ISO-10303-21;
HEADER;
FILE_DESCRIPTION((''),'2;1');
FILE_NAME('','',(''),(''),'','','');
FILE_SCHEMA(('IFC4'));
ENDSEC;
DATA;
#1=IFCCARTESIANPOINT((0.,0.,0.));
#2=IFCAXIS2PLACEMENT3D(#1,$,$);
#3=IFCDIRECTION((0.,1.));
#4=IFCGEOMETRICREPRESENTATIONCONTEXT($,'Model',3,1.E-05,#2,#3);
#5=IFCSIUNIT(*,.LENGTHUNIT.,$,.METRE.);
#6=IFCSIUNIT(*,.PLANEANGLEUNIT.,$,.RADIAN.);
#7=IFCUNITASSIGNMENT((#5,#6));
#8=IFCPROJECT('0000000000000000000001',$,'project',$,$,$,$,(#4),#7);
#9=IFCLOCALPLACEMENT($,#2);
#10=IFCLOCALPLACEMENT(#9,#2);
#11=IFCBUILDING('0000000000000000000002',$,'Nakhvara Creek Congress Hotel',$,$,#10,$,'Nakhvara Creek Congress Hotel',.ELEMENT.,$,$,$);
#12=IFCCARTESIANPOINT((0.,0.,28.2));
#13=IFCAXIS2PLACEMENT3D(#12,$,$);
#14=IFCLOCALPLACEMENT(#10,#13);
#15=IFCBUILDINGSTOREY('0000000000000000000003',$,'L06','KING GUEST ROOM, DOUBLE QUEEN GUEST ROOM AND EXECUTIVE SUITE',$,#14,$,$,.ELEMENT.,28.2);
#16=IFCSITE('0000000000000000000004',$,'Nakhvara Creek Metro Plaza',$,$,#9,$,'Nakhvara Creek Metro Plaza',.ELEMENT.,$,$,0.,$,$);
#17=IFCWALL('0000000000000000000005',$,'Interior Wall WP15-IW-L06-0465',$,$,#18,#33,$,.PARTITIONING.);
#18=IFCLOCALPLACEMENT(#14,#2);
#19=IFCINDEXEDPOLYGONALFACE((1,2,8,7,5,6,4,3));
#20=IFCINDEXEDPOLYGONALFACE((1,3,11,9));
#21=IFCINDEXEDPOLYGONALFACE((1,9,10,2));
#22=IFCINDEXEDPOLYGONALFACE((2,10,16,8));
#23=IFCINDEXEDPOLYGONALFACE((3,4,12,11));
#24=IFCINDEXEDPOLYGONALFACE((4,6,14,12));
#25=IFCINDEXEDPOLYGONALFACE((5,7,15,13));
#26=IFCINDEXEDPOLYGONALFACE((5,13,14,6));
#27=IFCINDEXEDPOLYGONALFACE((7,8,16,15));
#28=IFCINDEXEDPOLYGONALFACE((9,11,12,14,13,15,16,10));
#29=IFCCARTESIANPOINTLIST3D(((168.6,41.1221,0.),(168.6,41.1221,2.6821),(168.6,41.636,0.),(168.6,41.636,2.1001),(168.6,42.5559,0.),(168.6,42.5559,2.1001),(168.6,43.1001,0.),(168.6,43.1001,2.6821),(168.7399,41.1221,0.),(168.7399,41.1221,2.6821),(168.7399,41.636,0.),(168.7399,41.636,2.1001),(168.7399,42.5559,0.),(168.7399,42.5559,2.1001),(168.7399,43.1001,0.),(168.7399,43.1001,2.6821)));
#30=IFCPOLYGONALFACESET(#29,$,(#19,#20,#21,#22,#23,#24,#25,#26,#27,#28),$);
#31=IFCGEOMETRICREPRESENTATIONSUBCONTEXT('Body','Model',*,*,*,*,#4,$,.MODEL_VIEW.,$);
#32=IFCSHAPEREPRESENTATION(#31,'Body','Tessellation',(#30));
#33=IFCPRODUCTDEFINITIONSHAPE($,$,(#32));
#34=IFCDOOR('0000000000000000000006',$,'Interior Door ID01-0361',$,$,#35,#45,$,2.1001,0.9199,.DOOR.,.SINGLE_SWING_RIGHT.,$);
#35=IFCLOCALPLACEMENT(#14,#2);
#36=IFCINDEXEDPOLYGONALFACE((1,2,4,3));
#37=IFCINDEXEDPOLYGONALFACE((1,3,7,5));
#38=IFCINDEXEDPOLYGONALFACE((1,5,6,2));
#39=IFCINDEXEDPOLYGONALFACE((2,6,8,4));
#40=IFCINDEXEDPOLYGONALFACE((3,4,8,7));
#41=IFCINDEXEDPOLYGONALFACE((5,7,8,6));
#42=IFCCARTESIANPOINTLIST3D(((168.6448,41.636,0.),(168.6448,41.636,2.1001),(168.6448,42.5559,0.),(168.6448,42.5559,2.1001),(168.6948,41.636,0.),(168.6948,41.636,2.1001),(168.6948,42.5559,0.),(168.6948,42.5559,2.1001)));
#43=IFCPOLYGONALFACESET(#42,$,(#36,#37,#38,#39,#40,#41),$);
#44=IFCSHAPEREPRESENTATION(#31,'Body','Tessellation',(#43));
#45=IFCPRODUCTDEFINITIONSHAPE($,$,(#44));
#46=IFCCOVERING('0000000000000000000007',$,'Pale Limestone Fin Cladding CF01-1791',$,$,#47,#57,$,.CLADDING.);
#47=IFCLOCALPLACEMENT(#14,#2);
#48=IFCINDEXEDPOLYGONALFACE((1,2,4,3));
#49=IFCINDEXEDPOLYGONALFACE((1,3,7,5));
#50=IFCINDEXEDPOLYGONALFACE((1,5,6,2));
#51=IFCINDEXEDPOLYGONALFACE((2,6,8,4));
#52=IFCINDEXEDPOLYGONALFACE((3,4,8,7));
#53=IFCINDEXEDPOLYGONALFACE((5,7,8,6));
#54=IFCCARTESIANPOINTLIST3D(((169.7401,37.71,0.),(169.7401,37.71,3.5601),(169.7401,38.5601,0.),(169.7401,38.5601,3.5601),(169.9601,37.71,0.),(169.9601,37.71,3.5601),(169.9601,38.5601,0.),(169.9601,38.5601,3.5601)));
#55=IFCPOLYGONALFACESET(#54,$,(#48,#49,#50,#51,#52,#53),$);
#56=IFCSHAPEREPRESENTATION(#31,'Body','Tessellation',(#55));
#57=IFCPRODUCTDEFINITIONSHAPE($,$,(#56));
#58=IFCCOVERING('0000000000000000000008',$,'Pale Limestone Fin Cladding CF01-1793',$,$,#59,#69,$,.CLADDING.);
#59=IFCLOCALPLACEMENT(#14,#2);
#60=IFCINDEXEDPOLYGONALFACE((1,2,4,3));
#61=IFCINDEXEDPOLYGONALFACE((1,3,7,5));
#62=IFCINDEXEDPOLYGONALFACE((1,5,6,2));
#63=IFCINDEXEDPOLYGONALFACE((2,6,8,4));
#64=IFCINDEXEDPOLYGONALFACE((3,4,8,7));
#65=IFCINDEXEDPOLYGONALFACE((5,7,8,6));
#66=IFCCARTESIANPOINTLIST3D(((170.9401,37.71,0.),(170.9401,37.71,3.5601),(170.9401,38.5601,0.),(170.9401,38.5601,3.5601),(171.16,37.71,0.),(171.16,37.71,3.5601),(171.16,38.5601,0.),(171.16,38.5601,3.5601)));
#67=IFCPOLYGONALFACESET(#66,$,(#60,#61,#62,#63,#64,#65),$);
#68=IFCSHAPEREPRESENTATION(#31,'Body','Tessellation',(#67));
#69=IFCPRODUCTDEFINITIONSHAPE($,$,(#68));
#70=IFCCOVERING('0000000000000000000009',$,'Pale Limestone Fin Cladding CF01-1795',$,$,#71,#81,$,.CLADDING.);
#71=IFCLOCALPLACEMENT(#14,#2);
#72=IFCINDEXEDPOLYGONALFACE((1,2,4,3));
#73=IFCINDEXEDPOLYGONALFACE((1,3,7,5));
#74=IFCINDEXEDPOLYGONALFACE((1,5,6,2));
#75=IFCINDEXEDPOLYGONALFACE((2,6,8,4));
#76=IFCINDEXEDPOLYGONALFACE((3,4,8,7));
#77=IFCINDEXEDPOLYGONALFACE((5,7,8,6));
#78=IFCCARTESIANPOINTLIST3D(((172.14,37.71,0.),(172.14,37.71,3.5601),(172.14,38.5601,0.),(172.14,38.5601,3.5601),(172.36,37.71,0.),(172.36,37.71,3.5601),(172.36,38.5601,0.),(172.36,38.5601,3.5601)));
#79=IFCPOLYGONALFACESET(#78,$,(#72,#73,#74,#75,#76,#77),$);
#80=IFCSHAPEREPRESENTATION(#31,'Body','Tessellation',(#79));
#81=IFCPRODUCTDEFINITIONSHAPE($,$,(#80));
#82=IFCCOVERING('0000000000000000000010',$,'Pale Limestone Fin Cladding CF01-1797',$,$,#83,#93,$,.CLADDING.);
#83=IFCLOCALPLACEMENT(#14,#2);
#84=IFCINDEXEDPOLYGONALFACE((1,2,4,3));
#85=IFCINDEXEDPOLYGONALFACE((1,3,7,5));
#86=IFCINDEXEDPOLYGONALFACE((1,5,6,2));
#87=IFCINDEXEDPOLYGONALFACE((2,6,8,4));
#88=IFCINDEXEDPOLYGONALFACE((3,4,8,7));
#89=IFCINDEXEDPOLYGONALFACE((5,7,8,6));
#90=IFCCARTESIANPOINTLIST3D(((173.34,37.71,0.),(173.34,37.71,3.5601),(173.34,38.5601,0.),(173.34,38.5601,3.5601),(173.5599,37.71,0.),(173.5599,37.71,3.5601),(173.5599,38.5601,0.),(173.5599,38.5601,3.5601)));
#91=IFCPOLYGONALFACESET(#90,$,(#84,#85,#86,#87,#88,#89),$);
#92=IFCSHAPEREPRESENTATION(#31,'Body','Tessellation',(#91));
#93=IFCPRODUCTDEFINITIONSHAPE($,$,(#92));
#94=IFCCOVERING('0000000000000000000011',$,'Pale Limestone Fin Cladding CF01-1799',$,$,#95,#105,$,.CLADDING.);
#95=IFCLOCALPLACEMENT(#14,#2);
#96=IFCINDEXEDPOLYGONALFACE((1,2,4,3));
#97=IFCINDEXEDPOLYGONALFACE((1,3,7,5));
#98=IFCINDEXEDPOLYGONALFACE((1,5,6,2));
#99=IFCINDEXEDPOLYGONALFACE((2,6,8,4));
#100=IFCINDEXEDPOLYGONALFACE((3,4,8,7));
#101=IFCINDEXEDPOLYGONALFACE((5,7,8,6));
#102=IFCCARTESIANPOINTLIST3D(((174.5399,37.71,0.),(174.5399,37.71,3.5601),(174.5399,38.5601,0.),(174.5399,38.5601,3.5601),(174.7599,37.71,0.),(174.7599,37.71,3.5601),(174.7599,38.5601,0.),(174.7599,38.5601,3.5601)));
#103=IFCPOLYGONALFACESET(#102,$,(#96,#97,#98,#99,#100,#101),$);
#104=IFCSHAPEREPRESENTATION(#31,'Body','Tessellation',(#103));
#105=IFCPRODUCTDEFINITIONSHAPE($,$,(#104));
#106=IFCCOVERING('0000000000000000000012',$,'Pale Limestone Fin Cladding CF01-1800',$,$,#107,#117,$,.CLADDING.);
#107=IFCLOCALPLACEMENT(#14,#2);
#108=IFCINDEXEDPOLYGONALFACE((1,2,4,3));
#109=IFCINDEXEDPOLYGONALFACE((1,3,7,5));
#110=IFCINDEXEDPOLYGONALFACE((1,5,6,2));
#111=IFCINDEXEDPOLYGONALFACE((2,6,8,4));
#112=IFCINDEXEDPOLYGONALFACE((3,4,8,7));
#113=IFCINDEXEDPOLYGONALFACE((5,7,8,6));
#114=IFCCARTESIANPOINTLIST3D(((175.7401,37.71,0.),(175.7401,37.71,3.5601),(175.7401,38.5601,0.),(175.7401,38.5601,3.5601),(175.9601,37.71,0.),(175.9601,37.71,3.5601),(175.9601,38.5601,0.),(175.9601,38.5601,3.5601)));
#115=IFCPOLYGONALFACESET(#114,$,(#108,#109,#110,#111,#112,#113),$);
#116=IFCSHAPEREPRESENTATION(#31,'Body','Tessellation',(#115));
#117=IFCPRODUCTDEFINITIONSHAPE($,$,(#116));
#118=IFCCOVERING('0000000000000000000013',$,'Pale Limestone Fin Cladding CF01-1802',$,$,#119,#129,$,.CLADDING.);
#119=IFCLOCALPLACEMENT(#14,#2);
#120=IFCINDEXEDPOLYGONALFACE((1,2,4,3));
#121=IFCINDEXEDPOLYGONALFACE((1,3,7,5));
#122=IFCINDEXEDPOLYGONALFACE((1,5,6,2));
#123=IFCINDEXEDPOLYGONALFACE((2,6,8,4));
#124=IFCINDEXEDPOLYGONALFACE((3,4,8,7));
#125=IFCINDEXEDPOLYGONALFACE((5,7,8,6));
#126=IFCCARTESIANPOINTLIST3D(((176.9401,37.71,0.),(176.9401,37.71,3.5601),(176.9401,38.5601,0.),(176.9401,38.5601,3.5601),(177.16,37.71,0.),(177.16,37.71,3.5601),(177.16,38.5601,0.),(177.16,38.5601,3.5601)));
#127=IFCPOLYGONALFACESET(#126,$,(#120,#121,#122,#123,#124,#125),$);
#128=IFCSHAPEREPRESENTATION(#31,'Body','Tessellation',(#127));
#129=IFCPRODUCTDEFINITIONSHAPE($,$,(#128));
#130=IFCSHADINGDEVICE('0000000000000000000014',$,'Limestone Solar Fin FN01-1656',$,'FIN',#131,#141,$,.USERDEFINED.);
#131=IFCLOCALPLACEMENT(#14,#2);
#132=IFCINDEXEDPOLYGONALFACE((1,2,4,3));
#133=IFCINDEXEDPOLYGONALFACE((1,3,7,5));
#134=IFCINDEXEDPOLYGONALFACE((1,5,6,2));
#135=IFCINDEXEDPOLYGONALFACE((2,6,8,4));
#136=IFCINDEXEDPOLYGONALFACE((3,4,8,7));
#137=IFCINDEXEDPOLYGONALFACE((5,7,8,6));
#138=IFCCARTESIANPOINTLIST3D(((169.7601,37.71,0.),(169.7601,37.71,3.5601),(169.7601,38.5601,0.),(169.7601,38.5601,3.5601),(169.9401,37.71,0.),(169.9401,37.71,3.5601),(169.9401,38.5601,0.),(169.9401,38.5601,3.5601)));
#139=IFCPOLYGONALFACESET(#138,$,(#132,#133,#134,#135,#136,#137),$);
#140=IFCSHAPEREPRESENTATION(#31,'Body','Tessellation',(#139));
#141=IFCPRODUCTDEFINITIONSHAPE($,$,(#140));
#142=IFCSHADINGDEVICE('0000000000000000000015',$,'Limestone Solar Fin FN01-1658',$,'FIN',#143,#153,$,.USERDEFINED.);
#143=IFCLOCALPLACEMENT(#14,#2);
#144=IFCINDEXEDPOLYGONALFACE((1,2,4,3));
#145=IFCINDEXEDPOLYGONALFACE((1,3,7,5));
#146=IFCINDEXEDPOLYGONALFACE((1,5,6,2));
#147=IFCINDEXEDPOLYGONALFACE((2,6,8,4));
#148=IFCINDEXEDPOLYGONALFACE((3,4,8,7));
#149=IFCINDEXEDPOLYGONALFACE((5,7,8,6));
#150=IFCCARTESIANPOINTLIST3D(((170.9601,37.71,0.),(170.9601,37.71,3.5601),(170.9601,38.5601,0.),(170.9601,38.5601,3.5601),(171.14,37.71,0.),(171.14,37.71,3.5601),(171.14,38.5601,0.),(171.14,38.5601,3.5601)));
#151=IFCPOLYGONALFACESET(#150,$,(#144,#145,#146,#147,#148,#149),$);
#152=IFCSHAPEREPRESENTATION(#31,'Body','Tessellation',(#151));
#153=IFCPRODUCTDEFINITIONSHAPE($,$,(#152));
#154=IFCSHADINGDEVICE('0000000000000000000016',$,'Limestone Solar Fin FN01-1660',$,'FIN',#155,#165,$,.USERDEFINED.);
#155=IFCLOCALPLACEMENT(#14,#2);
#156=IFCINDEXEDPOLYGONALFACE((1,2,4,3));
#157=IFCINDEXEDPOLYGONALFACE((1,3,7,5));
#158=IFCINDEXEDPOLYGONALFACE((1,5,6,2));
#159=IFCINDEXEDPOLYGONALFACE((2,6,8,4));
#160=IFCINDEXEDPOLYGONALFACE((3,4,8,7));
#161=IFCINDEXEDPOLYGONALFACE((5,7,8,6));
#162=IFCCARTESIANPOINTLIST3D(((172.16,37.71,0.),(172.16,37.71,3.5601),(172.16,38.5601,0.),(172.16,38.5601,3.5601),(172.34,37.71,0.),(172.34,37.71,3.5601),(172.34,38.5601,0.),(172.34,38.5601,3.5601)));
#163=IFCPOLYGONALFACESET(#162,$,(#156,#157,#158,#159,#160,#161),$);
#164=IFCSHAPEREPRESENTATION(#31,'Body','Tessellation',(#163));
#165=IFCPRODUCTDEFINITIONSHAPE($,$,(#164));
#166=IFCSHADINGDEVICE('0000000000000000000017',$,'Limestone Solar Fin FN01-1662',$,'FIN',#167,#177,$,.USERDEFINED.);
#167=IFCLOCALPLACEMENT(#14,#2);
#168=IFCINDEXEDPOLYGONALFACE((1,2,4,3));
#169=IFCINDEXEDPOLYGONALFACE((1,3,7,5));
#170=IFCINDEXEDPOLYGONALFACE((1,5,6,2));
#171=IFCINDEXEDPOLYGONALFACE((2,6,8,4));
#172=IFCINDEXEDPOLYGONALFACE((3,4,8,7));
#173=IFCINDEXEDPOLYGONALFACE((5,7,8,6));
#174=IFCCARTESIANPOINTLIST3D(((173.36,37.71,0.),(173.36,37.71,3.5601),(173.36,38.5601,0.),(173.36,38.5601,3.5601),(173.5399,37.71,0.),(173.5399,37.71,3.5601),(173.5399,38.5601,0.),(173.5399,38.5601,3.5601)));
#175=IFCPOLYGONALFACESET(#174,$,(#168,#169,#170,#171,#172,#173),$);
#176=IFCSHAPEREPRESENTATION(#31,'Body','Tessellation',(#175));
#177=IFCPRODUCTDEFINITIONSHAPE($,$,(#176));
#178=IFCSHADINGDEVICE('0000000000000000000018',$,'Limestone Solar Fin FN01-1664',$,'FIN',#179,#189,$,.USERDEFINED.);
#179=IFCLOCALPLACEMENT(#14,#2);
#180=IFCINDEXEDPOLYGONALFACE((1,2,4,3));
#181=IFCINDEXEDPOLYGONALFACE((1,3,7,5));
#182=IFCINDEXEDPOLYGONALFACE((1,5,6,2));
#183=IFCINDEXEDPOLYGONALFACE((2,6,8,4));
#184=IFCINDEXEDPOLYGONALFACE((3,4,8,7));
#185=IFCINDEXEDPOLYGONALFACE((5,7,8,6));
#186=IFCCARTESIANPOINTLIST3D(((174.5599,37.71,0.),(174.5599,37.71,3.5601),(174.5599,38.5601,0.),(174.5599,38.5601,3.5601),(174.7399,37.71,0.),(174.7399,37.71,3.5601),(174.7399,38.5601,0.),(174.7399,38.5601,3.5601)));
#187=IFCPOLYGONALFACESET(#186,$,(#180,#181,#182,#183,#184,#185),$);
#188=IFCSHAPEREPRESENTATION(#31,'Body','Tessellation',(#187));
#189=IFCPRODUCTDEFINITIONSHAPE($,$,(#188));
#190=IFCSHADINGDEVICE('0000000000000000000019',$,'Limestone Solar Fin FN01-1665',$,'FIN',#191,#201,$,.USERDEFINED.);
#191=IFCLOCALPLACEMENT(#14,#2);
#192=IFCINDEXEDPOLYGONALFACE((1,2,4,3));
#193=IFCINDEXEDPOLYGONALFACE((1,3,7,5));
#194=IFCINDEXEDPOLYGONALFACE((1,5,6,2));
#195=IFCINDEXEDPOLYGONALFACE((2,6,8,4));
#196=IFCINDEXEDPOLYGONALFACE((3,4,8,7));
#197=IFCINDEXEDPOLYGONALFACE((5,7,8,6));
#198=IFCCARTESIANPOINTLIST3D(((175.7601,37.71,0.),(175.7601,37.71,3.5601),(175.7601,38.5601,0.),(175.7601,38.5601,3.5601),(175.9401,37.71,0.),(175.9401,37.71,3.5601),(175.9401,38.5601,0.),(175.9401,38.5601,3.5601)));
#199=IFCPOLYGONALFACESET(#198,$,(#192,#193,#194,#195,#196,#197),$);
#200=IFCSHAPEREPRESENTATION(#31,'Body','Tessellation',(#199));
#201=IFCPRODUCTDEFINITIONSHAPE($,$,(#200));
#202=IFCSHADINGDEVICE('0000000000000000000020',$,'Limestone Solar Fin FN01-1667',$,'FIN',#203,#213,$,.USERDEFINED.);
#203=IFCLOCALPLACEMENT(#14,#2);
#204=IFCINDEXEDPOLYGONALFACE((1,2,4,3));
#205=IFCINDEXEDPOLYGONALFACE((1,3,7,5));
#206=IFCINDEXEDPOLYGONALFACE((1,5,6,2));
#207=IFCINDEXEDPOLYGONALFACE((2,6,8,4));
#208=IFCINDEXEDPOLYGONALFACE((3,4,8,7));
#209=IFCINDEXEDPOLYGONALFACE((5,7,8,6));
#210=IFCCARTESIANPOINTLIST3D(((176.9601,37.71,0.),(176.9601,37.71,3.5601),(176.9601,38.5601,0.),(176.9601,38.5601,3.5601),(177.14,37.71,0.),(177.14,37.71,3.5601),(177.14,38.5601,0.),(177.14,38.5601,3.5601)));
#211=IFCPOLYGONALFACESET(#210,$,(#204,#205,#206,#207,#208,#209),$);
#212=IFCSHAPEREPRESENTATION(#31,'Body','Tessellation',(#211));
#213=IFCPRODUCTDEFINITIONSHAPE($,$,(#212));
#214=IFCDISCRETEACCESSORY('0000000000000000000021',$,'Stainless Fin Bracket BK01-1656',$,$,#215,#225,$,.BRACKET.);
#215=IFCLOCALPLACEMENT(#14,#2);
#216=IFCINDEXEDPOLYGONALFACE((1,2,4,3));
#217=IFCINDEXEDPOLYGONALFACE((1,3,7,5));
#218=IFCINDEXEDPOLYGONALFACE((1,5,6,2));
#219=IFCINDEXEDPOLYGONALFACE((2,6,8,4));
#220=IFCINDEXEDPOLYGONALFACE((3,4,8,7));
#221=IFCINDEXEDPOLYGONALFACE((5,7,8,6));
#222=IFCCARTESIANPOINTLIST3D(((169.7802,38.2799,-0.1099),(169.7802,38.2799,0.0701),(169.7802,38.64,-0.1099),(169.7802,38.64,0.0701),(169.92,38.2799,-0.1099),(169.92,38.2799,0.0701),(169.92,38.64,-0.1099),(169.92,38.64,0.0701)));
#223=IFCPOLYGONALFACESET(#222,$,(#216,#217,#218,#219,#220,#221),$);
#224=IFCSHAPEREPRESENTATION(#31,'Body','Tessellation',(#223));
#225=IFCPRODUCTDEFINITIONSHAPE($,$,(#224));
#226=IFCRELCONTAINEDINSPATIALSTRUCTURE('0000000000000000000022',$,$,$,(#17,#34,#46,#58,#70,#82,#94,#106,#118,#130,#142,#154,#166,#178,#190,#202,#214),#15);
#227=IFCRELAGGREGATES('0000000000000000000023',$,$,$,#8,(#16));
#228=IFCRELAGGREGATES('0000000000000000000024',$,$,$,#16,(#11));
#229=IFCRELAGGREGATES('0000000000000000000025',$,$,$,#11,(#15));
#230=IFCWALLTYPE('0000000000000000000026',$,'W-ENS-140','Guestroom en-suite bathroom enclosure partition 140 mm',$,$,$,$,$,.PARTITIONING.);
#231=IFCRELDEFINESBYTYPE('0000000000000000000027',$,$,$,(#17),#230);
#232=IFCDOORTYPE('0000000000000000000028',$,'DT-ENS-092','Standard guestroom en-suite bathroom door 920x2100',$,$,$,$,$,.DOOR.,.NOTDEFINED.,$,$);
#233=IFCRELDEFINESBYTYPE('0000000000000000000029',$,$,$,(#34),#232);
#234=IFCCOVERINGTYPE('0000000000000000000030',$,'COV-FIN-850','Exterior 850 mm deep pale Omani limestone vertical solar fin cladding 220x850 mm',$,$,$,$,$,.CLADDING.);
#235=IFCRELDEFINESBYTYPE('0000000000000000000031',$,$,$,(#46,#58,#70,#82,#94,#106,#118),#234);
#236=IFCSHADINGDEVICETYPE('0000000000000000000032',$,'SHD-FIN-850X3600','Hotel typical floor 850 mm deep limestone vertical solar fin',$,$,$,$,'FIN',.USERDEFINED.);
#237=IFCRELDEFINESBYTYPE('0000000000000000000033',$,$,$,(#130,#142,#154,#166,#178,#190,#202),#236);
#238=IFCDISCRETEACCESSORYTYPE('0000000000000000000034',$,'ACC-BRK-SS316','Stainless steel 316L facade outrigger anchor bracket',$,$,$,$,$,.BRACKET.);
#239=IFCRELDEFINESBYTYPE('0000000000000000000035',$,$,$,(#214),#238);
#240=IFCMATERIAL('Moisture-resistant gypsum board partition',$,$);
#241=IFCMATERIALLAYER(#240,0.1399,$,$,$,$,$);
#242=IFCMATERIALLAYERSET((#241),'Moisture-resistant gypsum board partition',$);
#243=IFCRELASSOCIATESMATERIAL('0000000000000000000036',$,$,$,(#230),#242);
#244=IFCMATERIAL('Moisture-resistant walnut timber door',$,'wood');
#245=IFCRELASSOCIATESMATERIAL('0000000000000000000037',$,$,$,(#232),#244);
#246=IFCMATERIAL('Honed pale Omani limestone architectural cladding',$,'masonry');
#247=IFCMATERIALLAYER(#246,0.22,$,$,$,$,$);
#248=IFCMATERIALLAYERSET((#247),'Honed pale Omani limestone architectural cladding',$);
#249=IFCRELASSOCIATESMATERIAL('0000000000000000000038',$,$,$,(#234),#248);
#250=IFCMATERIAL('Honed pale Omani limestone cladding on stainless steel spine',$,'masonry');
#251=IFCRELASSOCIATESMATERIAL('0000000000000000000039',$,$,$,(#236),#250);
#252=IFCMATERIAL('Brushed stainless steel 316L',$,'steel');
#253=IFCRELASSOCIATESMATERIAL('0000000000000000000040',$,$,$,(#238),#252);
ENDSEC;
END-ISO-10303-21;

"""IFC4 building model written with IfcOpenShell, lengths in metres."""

from ifc_helpers import new_model, si_unit, direction, frame, frame_2d, origin, origin_2d, place, context, subcontext, project, spatial, rectangle, extrude, material, layer, layer_set, type_object, element, fill, save


model = new_model("IFC4")

# Units and contexts
model_context = context("Model", 3, precision=1e-05, world=origin(), true_north=direction((0.0, 1.0)))
body_context = subcontext(model_context, "Body", "Model", "MODEL_VIEW")
ifc_project = project(units=[si_unit("LENGTHUNIT", "METRE"), si_unit("PLANEANGLEUNIT", "RADIAN")], contexts=[model_context])

# Site, building, storey
site_placement = place(None, origin())
site = spatial("IfcSite", under=ifc_project, at=site_placement, Name="Nakhvara Creek Metro Plaza", LongName="Nakhvara Creek Metro Plaza", CompositionType="ELEMENT", RefElevation=0.0)
building_placement = place(site_placement, origin())
building = spatial("IfcBuilding", under=site, at=building_placement, Name="Nakhvara Creek Congress Hotel", LongName="Nakhvara Creek Congress Hotel", CompositionType="ELEMENT")
storey_placement = place(building_placement, frame((0.0, 0.0, 28.2)))
storey = spatial("IfcBuildingStorey", under=building, at=storey_placement, Name="L06", Description="KING GUEST ROOM, DOUBLE QUEEN GUEST ROOM AND EXECUTIVE SUITE", CompositionType="ELEMENT", Elevation=28.2)

# Wall, opening, door
ifc_material_1 = material(Name="Moisture-resistant gypsum board partition")
ifc_layer_1 = layer(ifc_material_1, 0.1399)
ifc_layer_set_1 = layer_set([ifc_layer_1], Name="Moisture-resistant gypsum board partition")
wall_type = type_object("IfcWallType", Name="W-ENS-140", Description="Guestroom en-suite bathroom enclosure partition 140 mm", PredefinedType="PARTITIONING", material=ifc_layer_set_1)
wall_placement = place(storey_placement, frame((168.6699, 41.1221, 0.0), z_axis=(0.0, 0.0, 1.0), x_axis=(0.0, 1.0, 0.0)))
wall = element("IfcWall", 1, at=wall_placement, inside=storey, type_object=wall_type, Name="Interior Wall WP15-IW-L06-0465", PredefinedType="PARTITIONING", context=body_context, shape_type="SweptSolid", body=[
    extrude(rectangle(XDim=1.978, YDim=0.1399, at=frame_2d((0.989, 0.0))), origin(), (0.0, 0.0, 1.0), 2.6821),
])
opening_placement = place(wall_placement, frame((0.5139, 0.0, 0.0)))
opening = element("IfcOpeningElement", 2, at=opening_placement, cuts=wall, PredefinedType="OPENING", context=body_context, shape_type="SweptSolid", body=[
    extrude(rectangle(XDim=0.9199, YDim=2.1001, at=frame_2d((0.46, 1.05))), frame((0.0, 0.082, 0.0), z_axis=(0.0, -1.0, 0.0), x_axis=(1.0, 0.0, 0.0)), (0.0, 0.0, 1.0), 0.1638),
])
ifc_material_2 = material(Name="Moisture-resistant walnut timber door", Category="wood")
door_type = type_object("IfcDoorType", Name="DT-ENS-092", Description="Standard guestroom en-suite bathroom door 920x2100", OperationType="NOTDEFINED", PredefinedType="DOOR", material=ifc_material_2)
door_placement = place(opening_placement, frame((0.9199, 0.0, 0.0), z_axis=(0.0, 0.0, 1.0), x_axis=(-1.0, 0.0, 0.0)))
door = element("IfcDoor", 3, at=door_placement, inside=storey, type_object=door_type, Name="Interior Door ID01-0361", OperationType="SINGLE_SWING_RIGHT", OverallHeight=2.1001, OverallWidth=0.9199, PredefinedType="DOOR", context=body_context, shape_type="SweptSolid", body=[
    extrude(rectangle(XDim=0.9199, YDim=2.1001, at=frame_2d((0.46, 1.05))), frame((0.0, 0.0249, 0.0), z_axis=(0.0, -1.0, 0.0), x_axis=(1.0, 0.0, 0.0)), (0.0, 0.0, 1.0), 0.05),
])
fill(opening, door)

# Coverings
ifc_material_3 = material(Name="Honed pale Omani limestone architectural cladding", Category="masonry")
ifc_layer_2 = layer(ifc_material_3, 0.22)
ifc_layer_set_2 = layer_set([ifc_layer_2], Name="Honed pale Omani limestone architectural cladding")
covering_type = type_object("IfcCoveringType", Name="COV-FIN-850", Description="Exterior 850 mm deep pale Omani limestone vertical solar fin cladding 220x850 mm", PredefinedType="CLADDING", material=ifc_layer_set_2)
for number, where, z_axis, x_axis, name in (
    (4, (169.8501, 38.135, 0.0), (0.0, 0.0, 1.0), (1.0, 0.0, 0.0), "Pale Limestone Fin Cladding CF01-1791"),
    (5, (171.05, 38.135, 0.0), (0.0, 0.0, 1.0), (1.0, 0.0, 0.0), "Pale Limestone Fin Cladding CF01-1793"),
    (6, (172.25, 38.135, 0.0), (0.0, 0.0, 1.0), (1.0, 0.0, 0.0), "Pale Limestone Fin Cladding CF01-1795"),
    (7, (173.45, 38.135, 0.0), (0.0, 0.0, 1.0), (1.0, 0.0, 0.0), "Pale Limestone Fin Cladding CF01-1797"),
    (8, (174.6499, 38.135, 0.0), (0.0, 0.0, 1.0), (1.0, 0.0, 0.0), "Pale Limestone Fin Cladding CF01-1799"),
    (9, (175.8501, 38.135, 0.0), (0.0, 0.0, 1.0), (1.0, 0.0, 0.0), "Pale Limestone Fin Cladding CF01-1800"),
    (10, (177.05, 38.135, 0.0), (0.0, 0.0, 1.0), (1.0, 0.0, 0.0), "Pale Limestone Fin Cladding CF01-1802"),
):
    element("IfcCovering", number, at=place(storey_placement, frame(where, z_axis=z_axis, x_axis=x_axis)), inside=storey, type_object=covering_type, Name=name, PredefinedType="CLADDING", context=body_context, shape_type="SweptSolid", body=[
        extrude(rectangle(XDim=0.22, YDim=0.8501, at=origin_2d()), origin(), (0.0, 0.0, 1.0), 3.5601),
    ])

# Shading devices
ifc_material_4 = material(Name="Honed pale Omani limestone cladding on stainless steel spine", Category="masonry")
shading_device_type = type_object("IfcShadingDeviceType", Name="SHD-FIN-850X3600", Description="Hotel typical floor 850 mm deep limestone vertical solar fin", ElementType="FIN", PredefinedType="USERDEFINED", material=ifc_material_4)
for number, where, z_axis, x_axis, name in (
    (11, (169.8501, 38.135, 0.0), (0.0, 0.0, 1.0), (1.0, 0.0, 0.0), "Limestone Solar Fin FN01-1656"),
    (12, (171.05, 38.135, 0.0), (0.0, 0.0, 1.0), (1.0, 0.0, 0.0), "Limestone Solar Fin FN01-1658"),
    (13, (172.25, 38.135, 0.0), (0.0, 0.0, 1.0), (1.0, 0.0, 0.0), "Limestone Solar Fin FN01-1660"),
    (14, (173.45, 38.135, 0.0), (0.0, 0.0, 1.0), (1.0, 0.0, 0.0), "Limestone Solar Fin FN01-1662"),
    (15, (174.6499, 38.135, 0.0), (0.0, 0.0, 1.0), (1.0, 0.0, 0.0), "Limestone Solar Fin FN01-1664"),
    (16, (175.8501, 38.135, 0.0), (0.0, 0.0, 1.0), (1.0, 0.0, 0.0), "Limestone Solar Fin FN01-1665"),
    (17, (177.05, 38.135, 0.0), (0.0, 0.0, 1.0), (1.0, 0.0, 0.0), "Limestone Solar Fin FN01-1667"),
):
    element("IfcShadingDevice", number, at=place(storey_placement, frame(where, z_axis=z_axis, x_axis=x_axis)), inside=storey, type_object=shading_device_type, Name=name, ObjectType="FIN", PredefinedType="USERDEFINED", context=body_context, shape_type="SweptSolid", body=[
        extrude(rectangle(XDim=0.1799, YDim=0.8501, at=origin_2d()), origin(), (0.0, 0.0, 1.0), 3.5601),
    ])

# Discrete accessory
ifc_material_5 = material(Name="Brushed stainless steel 316L", Category="steel")
discrete_accessory_type = type_object("IfcDiscreteAccessoryType", Name="ACC-BRK-SS316", Description="Stainless steel 316L facade outrigger anchor bracket", PredefinedType="BRACKET", material=ifc_material_5)
for number, where, z_axis, x_axis, name in (
    (18, (169.8501, 38.46, -0.1099), (0.0, 0.0, 1.0), (1.0, 0.0, 0.0), "Stainless Fin Bracket BK01-1656"),
):
    element("IfcDiscreteAccessory", number, at=place(storey_placement, frame(where, z_axis=z_axis, x_axis=x_axis)), inside=storey, type_object=discrete_accessory_type, Name=name, PredefinedType="BRACKET", context=body_context, shape_type="SweptSolid", body=[
        extrude(rectangle(XDim=0.1399, YDim=0.3601, at=origin_2d()), origin(), (0.0, 0.0, 1.0), 0.1799),
    ])

save(model, "model.ifc")
